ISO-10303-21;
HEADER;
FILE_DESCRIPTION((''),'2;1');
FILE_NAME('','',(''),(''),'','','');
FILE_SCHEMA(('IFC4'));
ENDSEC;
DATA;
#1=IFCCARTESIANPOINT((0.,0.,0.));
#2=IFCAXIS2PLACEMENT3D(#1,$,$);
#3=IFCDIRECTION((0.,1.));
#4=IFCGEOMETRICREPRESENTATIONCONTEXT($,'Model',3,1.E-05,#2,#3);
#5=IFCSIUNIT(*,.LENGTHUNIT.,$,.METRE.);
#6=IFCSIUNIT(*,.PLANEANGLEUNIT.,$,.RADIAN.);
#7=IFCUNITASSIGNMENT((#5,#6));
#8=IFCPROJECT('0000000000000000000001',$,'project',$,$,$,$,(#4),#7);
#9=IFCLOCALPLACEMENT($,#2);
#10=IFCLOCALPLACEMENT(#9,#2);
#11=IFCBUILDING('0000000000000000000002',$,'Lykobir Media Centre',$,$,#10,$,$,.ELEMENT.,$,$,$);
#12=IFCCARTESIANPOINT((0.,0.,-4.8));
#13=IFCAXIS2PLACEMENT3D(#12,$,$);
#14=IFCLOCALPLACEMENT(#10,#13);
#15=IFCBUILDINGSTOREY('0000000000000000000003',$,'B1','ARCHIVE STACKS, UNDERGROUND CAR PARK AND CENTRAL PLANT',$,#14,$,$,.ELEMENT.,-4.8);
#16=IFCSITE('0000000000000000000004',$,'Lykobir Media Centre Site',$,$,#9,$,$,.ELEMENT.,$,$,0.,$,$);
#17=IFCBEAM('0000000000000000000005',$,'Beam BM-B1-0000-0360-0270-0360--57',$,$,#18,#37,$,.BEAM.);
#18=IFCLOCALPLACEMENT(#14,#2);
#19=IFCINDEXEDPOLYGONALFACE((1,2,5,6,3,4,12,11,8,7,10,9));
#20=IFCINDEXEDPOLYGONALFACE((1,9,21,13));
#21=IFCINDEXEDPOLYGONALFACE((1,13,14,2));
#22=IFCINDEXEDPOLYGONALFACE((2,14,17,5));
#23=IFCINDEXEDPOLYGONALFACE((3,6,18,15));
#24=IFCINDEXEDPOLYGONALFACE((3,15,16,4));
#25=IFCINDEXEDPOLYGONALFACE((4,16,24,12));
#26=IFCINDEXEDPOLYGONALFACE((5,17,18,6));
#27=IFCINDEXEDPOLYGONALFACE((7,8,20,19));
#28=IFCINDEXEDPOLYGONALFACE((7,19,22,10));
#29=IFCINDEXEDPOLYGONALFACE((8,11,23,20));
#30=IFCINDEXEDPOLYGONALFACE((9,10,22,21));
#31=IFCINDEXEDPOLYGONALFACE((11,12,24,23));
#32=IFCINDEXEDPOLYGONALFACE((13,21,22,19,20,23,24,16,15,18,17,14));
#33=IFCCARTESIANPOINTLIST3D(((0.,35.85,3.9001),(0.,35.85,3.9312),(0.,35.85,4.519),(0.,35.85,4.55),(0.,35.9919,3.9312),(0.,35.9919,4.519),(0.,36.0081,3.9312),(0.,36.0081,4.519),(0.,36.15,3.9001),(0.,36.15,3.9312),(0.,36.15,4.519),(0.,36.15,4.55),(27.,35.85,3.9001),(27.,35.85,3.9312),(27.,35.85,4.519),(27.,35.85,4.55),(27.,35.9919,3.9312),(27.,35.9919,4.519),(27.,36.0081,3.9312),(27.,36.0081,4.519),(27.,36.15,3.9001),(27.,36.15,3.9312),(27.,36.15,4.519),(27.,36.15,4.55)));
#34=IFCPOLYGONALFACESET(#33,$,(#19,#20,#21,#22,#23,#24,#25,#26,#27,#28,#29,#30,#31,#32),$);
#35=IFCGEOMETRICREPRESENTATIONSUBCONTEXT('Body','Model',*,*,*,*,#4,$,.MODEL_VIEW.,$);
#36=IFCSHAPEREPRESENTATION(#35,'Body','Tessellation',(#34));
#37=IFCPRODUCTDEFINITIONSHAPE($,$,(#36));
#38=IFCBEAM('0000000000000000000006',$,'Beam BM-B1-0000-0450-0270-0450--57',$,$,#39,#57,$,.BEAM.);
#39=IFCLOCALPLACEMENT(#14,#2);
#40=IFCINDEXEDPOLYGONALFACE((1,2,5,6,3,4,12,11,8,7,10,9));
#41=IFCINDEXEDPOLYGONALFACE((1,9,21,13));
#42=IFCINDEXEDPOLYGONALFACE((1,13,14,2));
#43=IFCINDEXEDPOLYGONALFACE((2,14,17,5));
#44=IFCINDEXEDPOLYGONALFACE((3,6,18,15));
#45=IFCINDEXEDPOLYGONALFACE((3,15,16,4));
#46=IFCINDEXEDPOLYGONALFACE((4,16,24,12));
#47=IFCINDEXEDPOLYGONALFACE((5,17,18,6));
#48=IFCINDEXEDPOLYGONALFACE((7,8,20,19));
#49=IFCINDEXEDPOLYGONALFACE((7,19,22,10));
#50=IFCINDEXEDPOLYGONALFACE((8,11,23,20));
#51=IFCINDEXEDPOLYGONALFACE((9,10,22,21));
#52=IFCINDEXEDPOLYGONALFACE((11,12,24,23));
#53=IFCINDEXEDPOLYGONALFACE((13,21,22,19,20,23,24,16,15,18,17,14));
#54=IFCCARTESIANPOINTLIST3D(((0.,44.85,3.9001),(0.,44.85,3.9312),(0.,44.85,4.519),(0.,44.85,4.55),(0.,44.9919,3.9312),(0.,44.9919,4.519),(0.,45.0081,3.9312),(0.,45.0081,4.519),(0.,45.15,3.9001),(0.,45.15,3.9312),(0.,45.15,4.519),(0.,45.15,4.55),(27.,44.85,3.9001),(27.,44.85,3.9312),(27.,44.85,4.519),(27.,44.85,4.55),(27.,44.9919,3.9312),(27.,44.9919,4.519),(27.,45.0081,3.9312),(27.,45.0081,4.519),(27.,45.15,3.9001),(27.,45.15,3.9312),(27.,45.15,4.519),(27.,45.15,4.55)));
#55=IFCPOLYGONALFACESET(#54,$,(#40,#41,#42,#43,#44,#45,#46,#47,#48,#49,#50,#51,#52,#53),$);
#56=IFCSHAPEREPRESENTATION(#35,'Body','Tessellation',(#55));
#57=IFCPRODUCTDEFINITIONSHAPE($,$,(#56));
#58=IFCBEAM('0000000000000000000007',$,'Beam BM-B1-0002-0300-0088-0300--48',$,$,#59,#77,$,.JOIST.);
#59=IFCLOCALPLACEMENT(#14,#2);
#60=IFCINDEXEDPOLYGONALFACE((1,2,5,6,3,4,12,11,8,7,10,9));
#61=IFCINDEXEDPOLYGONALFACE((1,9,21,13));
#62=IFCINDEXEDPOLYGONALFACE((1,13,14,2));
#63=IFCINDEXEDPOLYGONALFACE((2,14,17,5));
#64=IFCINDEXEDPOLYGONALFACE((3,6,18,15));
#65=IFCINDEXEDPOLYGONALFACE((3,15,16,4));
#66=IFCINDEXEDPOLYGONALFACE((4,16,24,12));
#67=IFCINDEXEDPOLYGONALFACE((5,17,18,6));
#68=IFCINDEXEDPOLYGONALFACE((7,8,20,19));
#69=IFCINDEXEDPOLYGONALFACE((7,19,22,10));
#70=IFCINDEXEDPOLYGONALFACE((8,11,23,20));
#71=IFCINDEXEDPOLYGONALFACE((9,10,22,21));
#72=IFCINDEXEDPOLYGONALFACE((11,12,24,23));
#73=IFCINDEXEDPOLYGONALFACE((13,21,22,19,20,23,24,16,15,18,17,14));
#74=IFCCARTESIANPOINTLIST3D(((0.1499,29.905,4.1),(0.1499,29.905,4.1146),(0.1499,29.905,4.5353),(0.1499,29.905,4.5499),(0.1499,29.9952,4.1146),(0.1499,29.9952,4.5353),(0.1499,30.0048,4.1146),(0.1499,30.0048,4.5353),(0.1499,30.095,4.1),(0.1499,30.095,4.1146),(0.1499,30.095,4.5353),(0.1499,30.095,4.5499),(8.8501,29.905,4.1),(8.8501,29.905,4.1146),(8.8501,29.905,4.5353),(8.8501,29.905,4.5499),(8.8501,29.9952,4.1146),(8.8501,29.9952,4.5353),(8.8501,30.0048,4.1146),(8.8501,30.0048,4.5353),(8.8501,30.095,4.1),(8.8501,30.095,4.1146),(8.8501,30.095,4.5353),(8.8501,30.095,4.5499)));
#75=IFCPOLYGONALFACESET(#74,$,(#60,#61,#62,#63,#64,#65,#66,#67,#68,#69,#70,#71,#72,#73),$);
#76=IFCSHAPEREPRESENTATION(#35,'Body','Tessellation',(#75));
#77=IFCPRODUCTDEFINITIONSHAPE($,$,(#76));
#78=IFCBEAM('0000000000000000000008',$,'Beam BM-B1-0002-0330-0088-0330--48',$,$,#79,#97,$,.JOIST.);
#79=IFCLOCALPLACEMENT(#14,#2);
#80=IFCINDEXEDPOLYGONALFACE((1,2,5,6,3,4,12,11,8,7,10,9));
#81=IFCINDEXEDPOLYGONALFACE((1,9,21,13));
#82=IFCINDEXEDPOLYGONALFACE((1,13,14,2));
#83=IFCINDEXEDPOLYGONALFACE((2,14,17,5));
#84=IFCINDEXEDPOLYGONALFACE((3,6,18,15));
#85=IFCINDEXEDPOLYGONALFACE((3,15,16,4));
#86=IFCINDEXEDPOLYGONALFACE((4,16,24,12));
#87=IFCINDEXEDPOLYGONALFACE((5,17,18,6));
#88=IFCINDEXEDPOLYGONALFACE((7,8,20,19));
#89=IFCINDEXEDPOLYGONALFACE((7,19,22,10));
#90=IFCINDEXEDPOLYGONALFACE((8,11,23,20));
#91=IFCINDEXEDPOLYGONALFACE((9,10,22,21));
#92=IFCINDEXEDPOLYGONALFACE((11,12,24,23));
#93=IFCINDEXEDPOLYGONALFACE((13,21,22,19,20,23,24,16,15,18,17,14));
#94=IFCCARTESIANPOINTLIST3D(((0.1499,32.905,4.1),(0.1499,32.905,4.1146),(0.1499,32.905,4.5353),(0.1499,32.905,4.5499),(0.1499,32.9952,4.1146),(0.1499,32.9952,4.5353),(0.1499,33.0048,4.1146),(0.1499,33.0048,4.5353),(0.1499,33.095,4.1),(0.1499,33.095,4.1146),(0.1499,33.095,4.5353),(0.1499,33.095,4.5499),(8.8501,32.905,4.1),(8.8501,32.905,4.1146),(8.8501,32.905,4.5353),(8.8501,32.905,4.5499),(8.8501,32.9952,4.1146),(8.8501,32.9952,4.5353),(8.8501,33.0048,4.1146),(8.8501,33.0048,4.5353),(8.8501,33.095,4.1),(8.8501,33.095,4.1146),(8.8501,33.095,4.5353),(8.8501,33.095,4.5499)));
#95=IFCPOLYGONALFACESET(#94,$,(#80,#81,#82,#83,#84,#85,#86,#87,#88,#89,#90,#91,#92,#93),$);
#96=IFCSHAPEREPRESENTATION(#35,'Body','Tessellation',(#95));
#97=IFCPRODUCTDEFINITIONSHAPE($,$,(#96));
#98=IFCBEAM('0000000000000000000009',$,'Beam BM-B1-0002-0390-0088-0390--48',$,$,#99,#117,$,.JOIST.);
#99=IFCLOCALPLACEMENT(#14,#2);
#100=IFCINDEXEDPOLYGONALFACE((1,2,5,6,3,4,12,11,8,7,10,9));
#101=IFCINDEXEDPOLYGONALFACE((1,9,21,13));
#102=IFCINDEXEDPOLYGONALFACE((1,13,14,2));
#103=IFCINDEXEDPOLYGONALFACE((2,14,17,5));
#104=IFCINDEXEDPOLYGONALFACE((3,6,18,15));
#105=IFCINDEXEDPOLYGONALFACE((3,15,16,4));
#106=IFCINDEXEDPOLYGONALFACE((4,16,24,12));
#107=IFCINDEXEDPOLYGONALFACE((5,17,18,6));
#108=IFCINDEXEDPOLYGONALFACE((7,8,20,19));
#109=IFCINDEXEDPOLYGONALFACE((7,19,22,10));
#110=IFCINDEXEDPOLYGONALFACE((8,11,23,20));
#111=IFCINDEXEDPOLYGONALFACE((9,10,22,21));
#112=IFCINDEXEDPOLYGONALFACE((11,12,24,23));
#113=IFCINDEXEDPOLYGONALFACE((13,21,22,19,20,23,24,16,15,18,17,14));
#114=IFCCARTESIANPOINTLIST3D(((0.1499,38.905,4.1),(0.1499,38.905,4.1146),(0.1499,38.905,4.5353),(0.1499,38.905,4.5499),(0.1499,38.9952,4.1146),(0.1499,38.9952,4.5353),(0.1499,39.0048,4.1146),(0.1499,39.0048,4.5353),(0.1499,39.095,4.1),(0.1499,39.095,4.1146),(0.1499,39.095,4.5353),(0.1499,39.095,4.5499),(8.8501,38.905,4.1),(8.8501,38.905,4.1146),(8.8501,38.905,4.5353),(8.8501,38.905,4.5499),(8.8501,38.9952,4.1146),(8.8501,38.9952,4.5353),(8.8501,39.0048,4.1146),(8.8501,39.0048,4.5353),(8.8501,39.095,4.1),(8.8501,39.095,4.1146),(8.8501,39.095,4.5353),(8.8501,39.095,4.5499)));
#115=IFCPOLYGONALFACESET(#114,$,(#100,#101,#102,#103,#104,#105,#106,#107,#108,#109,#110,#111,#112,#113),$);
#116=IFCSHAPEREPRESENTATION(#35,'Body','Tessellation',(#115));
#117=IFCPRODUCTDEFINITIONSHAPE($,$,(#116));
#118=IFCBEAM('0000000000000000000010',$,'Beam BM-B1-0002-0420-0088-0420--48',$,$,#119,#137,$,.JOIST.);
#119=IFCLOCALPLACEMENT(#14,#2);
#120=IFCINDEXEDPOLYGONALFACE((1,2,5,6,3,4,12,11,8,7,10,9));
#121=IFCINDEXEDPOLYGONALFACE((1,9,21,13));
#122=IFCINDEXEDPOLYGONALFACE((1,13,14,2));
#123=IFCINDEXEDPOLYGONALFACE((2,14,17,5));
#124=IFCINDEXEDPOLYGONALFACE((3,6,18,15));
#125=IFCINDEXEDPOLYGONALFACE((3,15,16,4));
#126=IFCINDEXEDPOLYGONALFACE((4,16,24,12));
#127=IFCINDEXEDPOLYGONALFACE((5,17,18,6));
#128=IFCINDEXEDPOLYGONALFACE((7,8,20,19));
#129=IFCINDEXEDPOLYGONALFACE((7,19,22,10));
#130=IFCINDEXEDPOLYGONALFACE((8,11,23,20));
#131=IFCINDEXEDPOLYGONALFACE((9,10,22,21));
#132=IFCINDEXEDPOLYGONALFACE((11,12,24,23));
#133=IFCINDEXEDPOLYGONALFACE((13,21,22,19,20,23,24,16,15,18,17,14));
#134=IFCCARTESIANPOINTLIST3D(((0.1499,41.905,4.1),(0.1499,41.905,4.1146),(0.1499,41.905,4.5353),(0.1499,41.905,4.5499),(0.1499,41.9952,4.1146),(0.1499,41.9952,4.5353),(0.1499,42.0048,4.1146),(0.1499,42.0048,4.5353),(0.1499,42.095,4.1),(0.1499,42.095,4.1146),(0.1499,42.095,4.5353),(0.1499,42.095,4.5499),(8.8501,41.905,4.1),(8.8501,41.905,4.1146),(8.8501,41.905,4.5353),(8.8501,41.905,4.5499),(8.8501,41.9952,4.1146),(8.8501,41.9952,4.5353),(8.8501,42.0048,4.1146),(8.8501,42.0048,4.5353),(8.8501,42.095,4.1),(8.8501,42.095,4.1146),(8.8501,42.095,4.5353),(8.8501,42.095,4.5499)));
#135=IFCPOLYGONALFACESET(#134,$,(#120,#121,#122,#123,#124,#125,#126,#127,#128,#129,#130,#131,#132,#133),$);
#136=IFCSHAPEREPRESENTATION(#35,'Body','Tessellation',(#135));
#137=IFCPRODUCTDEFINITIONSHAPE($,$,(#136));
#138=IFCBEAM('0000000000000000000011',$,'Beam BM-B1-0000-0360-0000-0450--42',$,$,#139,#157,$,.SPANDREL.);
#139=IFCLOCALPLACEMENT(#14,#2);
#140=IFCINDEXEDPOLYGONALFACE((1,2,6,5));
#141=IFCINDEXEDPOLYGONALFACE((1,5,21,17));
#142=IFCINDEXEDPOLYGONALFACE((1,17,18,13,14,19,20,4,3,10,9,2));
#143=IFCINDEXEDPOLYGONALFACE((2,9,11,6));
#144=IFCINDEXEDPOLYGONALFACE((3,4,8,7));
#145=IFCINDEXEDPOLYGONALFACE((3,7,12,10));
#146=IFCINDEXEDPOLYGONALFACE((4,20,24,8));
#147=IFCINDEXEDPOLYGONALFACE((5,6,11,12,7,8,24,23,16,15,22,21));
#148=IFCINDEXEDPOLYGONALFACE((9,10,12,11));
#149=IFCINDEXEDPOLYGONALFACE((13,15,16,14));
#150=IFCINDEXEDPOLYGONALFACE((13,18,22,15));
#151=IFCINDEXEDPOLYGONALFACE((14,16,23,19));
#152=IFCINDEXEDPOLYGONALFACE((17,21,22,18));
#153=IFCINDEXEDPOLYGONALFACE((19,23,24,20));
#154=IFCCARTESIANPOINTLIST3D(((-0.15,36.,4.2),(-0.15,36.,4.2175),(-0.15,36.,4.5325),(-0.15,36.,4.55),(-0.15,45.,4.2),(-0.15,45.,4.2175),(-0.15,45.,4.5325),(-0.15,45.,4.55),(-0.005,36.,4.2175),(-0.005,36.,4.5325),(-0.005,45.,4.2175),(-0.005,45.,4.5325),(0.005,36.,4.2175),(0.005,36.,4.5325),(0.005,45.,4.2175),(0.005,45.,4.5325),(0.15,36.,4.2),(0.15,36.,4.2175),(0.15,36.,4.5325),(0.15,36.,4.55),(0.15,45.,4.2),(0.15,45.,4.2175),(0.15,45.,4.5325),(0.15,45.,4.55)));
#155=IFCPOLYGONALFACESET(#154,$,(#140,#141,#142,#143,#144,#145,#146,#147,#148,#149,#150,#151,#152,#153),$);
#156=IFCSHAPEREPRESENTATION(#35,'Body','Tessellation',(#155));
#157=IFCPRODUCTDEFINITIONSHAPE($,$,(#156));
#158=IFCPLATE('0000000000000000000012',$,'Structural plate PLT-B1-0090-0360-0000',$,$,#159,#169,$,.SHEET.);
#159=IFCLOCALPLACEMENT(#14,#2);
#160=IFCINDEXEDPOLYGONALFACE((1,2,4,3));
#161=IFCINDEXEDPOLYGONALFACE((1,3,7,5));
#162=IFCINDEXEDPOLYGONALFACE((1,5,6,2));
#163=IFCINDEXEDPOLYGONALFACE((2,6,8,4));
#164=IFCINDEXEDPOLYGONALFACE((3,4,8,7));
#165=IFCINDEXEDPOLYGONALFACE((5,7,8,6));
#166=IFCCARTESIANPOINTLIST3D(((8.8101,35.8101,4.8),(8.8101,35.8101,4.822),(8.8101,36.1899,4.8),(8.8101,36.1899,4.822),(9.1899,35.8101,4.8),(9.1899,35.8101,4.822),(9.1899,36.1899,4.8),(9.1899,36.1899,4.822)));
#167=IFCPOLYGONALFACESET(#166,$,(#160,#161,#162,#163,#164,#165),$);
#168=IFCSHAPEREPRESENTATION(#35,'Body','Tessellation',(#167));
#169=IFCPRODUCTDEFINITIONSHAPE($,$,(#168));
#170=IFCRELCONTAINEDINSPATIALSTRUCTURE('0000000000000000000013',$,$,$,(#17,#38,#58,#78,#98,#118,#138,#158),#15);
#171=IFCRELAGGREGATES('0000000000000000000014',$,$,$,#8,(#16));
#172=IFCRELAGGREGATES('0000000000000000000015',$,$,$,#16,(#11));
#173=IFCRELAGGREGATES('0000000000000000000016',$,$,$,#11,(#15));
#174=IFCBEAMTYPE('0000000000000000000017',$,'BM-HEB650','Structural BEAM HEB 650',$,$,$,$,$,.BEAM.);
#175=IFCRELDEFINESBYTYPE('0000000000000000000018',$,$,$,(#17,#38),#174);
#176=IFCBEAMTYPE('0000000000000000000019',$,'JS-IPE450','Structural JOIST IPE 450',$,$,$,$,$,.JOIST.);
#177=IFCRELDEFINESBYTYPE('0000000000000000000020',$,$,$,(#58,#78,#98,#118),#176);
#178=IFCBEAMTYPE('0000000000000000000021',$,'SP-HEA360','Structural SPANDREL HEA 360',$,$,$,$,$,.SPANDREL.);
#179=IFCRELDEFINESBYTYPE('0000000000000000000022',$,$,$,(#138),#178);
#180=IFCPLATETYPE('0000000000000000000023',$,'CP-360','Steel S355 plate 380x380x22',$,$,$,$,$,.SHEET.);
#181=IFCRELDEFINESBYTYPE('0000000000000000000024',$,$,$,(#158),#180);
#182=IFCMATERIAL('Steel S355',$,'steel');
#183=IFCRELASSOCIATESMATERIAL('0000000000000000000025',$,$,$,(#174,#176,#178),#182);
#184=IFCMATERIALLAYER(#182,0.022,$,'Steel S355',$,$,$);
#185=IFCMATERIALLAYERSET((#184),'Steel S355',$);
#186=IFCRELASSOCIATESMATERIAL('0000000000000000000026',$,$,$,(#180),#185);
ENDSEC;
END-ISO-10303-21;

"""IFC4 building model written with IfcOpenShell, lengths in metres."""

from ifc_helpers import new_model, si_unit, direction, frame, origin, origin_2d, place, context, subcontext, project, spatial, rectangle, i_section, extrude, material, layer, layer_set, material_profile, profile_set, type_object, element, save


model = new_model("IFC4")

# Units and contexts
model_context = context("Model", 3, precision=1e-05, world=origin(), true_north=direction((0.0, 1.0)))
body_context = subcontext(model_context, "Body", "Model", "MODEL_VIEW")
ifc_project = project(units=[si_unit("LENGTHUNIT", "METRE"), si_unit("PLANEANGLEUNIT", "RADIAN")], contexts=[model_context])

# Site, building, storey
site_placement = place(None, origin())
site = spatial("IfcSite", under=ifc_project, at=site_placement, Name="Lykobir Media Centre Site", CompositionType="ELEMENT", RefElevation=0.0)
building_placement = place(site_placement, origin())
building = spatial("IfcBuilding", under=site, at=building_placement, Name="Lykobir Media Centre", CompositionType="ELEMENT")
storey_placement = place(building_placement, frame((0.0, 0.0, -4.8)))
storey = spatial("IfcBuildingStorey", under=building, at=storey_placement, Name="B1", Description="ARCHIVE STACKS, UNDERGROUND CAR PARK AND CENTRAL PLANT", CompositionType="ELEMENT", Elevation=-4.8)

# Shared definitions
ifc_material_1 = material(Name="Steel S355", Category="steel")

# Beams
ifc_material_profile_1 = material_profile(ifc_material_1, i_section(OverallWidth=0.3, OverallDepth=0.6499, WebThickness=0.0161, FlangeThickness=0.031, at=origin_2d()), Name="HEB 650")
ifc_profile_set_1 = profile_set([ifc_material_profile_1], Name="Steel S355")
beam_type_1 = type_object("IfcBeamType", Name="BM-HEB650", Description="Structural BEAM HEB 650", PredefinedType="BEAM", material=ifc_profile_set_1)
for number, where, z_axis, x_axis, name in (
    (1, (0.0, 36.0, 4.2251), (1.0, 0.0, 0.0), (0.0, 1.0, 0.0), "Beam BM-B1-0000-0360-0270-0360--57"),
    (2, (0.0, 45.0, 4.2251), (1.0, 0.0, 0.0), (0.0, 1.0, 0.0), "Beam BM-B1-0000-0450-0270-0450--57"),
):
    element("IfcBeam", number, at=place(storey_placement, frame(where, z_axis=z_axis, x_axis=x_axis)), inside=storey, type_object=beam_type_1, Name=name, PredefinedType="BEAM", context=body_context, shape_type="SweptSolid", body=[
        extrude(i_section(OverallWidth=0.3, OverallDepth=0.6499, WebThickness=0.0161, FlangeThickness=0.031, at=origin_2d()), origin(), (0.0, 0.0, 1.0), 27.0),
    ])
ifc_material_profile_2 = material_profile(ifc_material_1, i_section(OverallWidth=0.1899, OverallDepth=0.45, WebThickness=0.0095, FlangeThickness=0.0146, at=origin_2d()), Name="IPE 450")
ifc_profile_set_2 = profile_set([ifc_material_profile_2], Name="Steel S355")
beam_type_2 = type_object("IfcBeamType", Name="JS-IPE450", Description="Structural JOIST IPE 450", PredefinedType="JOIST", material=ifc_profile_set_2)
for number, where, z_axis, x_axis, name in (
    (3, (0.1499, 30.0, 4.325), (1.0, 0.0, 0.0), (0.0, 1.0, 0.0), "Beam BM-B1-0002-0300-0088-0300--48"),
    (4, (0.1499, 33.0, 4.325), (1.0, 0.0, 0.0), (0.0, 1.0, 0.0), "Beam BM-B1-0002-0330-0088-0330--48"),
    (5, (0.1499, 39.0, 4.325), (1.0, 0.0, 0.0), (0.0, 1.0, 0.0), "Beam BM-B1-0002-0390-0088-0390--48"),
    (6, (0.1499, 42.0, 4.325), (1.0, 0.0, 0.0), (0.0, 1.0, 0.0), "Beam BM-B1-0002-0420-0088-0420--48"),
):
    element("IfcBeam", number, at=place(storey_placement, frame(where, z_axis=z_axis, x_axis=x_axis)), inside=storey, type_object=beam_type_2, Name=name, PredefinedType="JOIST", context=body_context, shape_type="SweptSolid", body=[
        extrude(i_section(OverallWidth=0.1899, OverallDepth=0.45, WebThickness=0.0095, FlangeThickness=0.0146, at=origin_2d()), origin(), (0.0, 0.0, 1.0), 8.7002),
    ])
ifc_material_profile_3 = material_profile(ifc_material_1, i_section(OverallWidth=0.3, OverallDepth=0.3501, WebThickness=0.01, FlangeThickness=0.0176, at=origin_2d()), Name="HEA 360")
ifc_profile_set_3 = profile_set([ifc_material_profile_3], Name="Steel S355")
beam_type_3 = type_object("IfcBeamType", Name="SP-HEA360", Description="Structural SPANDREL HEA 360", PredefinedType="SPANDREL", material=ifc_profile_set_3)
beam_1_placement = place(storey_placement, frame((0.0, 36.0, 4.375), z_axis=(0.0, 1.0, 0.0), x_axis=(-1.0, 0.0, 0.0)))
element("IfcBeam", 7, at=beam_1_placement, inside=storey, type_object=beam_type_3, Name="Beam BM-B1-0000-0360-0000-0450--42", PredefinedType="SPANDREL", context=body_context, shape_type="SweptSolid", body=[
    extrude(i_section(OverallWidth=0.3, OverallDepth=0.3501, WebThickness=0.01, FlangeThickness=0.0176, at=origin_2d()), origin(), (0.0, 0.0, 1.0), 9.0),
])

# Plate
ifc_layer = layer(ifc_material_1, 0.022, Name="Steel S355")
ifc_layer_set = layer_set([ifc_layer], Name="Steel S355")
plate_type = type_object("IfcPlateType", Name="CP-360", Description="Steel S355 plate 380x380x22", PredefinedType="SHEET", material=ifc_layer_set)
plate_placement = place(storey_placement, frame((9.0, 36.0, 4.8), z_axis=(0.0, 0.0, 1.0), x_axis=(1.0, 0.0, 0.0)))
element("IfcPlate", 8, at=plate_placement, inside=storey, type_object=plate_type, Name="Structural plate PLT-B1-0090-0360-0000", PredefinedType="SHEET", context=body_context, shape_type="SweptSolid", body=[
    extrude(rectangle(XDim=0.3799, YDim=0.3799, at=origin_2d()), origin(), (0.0, 0.0, 1.0), 0.022),
])

save(model, "model.ifc")
